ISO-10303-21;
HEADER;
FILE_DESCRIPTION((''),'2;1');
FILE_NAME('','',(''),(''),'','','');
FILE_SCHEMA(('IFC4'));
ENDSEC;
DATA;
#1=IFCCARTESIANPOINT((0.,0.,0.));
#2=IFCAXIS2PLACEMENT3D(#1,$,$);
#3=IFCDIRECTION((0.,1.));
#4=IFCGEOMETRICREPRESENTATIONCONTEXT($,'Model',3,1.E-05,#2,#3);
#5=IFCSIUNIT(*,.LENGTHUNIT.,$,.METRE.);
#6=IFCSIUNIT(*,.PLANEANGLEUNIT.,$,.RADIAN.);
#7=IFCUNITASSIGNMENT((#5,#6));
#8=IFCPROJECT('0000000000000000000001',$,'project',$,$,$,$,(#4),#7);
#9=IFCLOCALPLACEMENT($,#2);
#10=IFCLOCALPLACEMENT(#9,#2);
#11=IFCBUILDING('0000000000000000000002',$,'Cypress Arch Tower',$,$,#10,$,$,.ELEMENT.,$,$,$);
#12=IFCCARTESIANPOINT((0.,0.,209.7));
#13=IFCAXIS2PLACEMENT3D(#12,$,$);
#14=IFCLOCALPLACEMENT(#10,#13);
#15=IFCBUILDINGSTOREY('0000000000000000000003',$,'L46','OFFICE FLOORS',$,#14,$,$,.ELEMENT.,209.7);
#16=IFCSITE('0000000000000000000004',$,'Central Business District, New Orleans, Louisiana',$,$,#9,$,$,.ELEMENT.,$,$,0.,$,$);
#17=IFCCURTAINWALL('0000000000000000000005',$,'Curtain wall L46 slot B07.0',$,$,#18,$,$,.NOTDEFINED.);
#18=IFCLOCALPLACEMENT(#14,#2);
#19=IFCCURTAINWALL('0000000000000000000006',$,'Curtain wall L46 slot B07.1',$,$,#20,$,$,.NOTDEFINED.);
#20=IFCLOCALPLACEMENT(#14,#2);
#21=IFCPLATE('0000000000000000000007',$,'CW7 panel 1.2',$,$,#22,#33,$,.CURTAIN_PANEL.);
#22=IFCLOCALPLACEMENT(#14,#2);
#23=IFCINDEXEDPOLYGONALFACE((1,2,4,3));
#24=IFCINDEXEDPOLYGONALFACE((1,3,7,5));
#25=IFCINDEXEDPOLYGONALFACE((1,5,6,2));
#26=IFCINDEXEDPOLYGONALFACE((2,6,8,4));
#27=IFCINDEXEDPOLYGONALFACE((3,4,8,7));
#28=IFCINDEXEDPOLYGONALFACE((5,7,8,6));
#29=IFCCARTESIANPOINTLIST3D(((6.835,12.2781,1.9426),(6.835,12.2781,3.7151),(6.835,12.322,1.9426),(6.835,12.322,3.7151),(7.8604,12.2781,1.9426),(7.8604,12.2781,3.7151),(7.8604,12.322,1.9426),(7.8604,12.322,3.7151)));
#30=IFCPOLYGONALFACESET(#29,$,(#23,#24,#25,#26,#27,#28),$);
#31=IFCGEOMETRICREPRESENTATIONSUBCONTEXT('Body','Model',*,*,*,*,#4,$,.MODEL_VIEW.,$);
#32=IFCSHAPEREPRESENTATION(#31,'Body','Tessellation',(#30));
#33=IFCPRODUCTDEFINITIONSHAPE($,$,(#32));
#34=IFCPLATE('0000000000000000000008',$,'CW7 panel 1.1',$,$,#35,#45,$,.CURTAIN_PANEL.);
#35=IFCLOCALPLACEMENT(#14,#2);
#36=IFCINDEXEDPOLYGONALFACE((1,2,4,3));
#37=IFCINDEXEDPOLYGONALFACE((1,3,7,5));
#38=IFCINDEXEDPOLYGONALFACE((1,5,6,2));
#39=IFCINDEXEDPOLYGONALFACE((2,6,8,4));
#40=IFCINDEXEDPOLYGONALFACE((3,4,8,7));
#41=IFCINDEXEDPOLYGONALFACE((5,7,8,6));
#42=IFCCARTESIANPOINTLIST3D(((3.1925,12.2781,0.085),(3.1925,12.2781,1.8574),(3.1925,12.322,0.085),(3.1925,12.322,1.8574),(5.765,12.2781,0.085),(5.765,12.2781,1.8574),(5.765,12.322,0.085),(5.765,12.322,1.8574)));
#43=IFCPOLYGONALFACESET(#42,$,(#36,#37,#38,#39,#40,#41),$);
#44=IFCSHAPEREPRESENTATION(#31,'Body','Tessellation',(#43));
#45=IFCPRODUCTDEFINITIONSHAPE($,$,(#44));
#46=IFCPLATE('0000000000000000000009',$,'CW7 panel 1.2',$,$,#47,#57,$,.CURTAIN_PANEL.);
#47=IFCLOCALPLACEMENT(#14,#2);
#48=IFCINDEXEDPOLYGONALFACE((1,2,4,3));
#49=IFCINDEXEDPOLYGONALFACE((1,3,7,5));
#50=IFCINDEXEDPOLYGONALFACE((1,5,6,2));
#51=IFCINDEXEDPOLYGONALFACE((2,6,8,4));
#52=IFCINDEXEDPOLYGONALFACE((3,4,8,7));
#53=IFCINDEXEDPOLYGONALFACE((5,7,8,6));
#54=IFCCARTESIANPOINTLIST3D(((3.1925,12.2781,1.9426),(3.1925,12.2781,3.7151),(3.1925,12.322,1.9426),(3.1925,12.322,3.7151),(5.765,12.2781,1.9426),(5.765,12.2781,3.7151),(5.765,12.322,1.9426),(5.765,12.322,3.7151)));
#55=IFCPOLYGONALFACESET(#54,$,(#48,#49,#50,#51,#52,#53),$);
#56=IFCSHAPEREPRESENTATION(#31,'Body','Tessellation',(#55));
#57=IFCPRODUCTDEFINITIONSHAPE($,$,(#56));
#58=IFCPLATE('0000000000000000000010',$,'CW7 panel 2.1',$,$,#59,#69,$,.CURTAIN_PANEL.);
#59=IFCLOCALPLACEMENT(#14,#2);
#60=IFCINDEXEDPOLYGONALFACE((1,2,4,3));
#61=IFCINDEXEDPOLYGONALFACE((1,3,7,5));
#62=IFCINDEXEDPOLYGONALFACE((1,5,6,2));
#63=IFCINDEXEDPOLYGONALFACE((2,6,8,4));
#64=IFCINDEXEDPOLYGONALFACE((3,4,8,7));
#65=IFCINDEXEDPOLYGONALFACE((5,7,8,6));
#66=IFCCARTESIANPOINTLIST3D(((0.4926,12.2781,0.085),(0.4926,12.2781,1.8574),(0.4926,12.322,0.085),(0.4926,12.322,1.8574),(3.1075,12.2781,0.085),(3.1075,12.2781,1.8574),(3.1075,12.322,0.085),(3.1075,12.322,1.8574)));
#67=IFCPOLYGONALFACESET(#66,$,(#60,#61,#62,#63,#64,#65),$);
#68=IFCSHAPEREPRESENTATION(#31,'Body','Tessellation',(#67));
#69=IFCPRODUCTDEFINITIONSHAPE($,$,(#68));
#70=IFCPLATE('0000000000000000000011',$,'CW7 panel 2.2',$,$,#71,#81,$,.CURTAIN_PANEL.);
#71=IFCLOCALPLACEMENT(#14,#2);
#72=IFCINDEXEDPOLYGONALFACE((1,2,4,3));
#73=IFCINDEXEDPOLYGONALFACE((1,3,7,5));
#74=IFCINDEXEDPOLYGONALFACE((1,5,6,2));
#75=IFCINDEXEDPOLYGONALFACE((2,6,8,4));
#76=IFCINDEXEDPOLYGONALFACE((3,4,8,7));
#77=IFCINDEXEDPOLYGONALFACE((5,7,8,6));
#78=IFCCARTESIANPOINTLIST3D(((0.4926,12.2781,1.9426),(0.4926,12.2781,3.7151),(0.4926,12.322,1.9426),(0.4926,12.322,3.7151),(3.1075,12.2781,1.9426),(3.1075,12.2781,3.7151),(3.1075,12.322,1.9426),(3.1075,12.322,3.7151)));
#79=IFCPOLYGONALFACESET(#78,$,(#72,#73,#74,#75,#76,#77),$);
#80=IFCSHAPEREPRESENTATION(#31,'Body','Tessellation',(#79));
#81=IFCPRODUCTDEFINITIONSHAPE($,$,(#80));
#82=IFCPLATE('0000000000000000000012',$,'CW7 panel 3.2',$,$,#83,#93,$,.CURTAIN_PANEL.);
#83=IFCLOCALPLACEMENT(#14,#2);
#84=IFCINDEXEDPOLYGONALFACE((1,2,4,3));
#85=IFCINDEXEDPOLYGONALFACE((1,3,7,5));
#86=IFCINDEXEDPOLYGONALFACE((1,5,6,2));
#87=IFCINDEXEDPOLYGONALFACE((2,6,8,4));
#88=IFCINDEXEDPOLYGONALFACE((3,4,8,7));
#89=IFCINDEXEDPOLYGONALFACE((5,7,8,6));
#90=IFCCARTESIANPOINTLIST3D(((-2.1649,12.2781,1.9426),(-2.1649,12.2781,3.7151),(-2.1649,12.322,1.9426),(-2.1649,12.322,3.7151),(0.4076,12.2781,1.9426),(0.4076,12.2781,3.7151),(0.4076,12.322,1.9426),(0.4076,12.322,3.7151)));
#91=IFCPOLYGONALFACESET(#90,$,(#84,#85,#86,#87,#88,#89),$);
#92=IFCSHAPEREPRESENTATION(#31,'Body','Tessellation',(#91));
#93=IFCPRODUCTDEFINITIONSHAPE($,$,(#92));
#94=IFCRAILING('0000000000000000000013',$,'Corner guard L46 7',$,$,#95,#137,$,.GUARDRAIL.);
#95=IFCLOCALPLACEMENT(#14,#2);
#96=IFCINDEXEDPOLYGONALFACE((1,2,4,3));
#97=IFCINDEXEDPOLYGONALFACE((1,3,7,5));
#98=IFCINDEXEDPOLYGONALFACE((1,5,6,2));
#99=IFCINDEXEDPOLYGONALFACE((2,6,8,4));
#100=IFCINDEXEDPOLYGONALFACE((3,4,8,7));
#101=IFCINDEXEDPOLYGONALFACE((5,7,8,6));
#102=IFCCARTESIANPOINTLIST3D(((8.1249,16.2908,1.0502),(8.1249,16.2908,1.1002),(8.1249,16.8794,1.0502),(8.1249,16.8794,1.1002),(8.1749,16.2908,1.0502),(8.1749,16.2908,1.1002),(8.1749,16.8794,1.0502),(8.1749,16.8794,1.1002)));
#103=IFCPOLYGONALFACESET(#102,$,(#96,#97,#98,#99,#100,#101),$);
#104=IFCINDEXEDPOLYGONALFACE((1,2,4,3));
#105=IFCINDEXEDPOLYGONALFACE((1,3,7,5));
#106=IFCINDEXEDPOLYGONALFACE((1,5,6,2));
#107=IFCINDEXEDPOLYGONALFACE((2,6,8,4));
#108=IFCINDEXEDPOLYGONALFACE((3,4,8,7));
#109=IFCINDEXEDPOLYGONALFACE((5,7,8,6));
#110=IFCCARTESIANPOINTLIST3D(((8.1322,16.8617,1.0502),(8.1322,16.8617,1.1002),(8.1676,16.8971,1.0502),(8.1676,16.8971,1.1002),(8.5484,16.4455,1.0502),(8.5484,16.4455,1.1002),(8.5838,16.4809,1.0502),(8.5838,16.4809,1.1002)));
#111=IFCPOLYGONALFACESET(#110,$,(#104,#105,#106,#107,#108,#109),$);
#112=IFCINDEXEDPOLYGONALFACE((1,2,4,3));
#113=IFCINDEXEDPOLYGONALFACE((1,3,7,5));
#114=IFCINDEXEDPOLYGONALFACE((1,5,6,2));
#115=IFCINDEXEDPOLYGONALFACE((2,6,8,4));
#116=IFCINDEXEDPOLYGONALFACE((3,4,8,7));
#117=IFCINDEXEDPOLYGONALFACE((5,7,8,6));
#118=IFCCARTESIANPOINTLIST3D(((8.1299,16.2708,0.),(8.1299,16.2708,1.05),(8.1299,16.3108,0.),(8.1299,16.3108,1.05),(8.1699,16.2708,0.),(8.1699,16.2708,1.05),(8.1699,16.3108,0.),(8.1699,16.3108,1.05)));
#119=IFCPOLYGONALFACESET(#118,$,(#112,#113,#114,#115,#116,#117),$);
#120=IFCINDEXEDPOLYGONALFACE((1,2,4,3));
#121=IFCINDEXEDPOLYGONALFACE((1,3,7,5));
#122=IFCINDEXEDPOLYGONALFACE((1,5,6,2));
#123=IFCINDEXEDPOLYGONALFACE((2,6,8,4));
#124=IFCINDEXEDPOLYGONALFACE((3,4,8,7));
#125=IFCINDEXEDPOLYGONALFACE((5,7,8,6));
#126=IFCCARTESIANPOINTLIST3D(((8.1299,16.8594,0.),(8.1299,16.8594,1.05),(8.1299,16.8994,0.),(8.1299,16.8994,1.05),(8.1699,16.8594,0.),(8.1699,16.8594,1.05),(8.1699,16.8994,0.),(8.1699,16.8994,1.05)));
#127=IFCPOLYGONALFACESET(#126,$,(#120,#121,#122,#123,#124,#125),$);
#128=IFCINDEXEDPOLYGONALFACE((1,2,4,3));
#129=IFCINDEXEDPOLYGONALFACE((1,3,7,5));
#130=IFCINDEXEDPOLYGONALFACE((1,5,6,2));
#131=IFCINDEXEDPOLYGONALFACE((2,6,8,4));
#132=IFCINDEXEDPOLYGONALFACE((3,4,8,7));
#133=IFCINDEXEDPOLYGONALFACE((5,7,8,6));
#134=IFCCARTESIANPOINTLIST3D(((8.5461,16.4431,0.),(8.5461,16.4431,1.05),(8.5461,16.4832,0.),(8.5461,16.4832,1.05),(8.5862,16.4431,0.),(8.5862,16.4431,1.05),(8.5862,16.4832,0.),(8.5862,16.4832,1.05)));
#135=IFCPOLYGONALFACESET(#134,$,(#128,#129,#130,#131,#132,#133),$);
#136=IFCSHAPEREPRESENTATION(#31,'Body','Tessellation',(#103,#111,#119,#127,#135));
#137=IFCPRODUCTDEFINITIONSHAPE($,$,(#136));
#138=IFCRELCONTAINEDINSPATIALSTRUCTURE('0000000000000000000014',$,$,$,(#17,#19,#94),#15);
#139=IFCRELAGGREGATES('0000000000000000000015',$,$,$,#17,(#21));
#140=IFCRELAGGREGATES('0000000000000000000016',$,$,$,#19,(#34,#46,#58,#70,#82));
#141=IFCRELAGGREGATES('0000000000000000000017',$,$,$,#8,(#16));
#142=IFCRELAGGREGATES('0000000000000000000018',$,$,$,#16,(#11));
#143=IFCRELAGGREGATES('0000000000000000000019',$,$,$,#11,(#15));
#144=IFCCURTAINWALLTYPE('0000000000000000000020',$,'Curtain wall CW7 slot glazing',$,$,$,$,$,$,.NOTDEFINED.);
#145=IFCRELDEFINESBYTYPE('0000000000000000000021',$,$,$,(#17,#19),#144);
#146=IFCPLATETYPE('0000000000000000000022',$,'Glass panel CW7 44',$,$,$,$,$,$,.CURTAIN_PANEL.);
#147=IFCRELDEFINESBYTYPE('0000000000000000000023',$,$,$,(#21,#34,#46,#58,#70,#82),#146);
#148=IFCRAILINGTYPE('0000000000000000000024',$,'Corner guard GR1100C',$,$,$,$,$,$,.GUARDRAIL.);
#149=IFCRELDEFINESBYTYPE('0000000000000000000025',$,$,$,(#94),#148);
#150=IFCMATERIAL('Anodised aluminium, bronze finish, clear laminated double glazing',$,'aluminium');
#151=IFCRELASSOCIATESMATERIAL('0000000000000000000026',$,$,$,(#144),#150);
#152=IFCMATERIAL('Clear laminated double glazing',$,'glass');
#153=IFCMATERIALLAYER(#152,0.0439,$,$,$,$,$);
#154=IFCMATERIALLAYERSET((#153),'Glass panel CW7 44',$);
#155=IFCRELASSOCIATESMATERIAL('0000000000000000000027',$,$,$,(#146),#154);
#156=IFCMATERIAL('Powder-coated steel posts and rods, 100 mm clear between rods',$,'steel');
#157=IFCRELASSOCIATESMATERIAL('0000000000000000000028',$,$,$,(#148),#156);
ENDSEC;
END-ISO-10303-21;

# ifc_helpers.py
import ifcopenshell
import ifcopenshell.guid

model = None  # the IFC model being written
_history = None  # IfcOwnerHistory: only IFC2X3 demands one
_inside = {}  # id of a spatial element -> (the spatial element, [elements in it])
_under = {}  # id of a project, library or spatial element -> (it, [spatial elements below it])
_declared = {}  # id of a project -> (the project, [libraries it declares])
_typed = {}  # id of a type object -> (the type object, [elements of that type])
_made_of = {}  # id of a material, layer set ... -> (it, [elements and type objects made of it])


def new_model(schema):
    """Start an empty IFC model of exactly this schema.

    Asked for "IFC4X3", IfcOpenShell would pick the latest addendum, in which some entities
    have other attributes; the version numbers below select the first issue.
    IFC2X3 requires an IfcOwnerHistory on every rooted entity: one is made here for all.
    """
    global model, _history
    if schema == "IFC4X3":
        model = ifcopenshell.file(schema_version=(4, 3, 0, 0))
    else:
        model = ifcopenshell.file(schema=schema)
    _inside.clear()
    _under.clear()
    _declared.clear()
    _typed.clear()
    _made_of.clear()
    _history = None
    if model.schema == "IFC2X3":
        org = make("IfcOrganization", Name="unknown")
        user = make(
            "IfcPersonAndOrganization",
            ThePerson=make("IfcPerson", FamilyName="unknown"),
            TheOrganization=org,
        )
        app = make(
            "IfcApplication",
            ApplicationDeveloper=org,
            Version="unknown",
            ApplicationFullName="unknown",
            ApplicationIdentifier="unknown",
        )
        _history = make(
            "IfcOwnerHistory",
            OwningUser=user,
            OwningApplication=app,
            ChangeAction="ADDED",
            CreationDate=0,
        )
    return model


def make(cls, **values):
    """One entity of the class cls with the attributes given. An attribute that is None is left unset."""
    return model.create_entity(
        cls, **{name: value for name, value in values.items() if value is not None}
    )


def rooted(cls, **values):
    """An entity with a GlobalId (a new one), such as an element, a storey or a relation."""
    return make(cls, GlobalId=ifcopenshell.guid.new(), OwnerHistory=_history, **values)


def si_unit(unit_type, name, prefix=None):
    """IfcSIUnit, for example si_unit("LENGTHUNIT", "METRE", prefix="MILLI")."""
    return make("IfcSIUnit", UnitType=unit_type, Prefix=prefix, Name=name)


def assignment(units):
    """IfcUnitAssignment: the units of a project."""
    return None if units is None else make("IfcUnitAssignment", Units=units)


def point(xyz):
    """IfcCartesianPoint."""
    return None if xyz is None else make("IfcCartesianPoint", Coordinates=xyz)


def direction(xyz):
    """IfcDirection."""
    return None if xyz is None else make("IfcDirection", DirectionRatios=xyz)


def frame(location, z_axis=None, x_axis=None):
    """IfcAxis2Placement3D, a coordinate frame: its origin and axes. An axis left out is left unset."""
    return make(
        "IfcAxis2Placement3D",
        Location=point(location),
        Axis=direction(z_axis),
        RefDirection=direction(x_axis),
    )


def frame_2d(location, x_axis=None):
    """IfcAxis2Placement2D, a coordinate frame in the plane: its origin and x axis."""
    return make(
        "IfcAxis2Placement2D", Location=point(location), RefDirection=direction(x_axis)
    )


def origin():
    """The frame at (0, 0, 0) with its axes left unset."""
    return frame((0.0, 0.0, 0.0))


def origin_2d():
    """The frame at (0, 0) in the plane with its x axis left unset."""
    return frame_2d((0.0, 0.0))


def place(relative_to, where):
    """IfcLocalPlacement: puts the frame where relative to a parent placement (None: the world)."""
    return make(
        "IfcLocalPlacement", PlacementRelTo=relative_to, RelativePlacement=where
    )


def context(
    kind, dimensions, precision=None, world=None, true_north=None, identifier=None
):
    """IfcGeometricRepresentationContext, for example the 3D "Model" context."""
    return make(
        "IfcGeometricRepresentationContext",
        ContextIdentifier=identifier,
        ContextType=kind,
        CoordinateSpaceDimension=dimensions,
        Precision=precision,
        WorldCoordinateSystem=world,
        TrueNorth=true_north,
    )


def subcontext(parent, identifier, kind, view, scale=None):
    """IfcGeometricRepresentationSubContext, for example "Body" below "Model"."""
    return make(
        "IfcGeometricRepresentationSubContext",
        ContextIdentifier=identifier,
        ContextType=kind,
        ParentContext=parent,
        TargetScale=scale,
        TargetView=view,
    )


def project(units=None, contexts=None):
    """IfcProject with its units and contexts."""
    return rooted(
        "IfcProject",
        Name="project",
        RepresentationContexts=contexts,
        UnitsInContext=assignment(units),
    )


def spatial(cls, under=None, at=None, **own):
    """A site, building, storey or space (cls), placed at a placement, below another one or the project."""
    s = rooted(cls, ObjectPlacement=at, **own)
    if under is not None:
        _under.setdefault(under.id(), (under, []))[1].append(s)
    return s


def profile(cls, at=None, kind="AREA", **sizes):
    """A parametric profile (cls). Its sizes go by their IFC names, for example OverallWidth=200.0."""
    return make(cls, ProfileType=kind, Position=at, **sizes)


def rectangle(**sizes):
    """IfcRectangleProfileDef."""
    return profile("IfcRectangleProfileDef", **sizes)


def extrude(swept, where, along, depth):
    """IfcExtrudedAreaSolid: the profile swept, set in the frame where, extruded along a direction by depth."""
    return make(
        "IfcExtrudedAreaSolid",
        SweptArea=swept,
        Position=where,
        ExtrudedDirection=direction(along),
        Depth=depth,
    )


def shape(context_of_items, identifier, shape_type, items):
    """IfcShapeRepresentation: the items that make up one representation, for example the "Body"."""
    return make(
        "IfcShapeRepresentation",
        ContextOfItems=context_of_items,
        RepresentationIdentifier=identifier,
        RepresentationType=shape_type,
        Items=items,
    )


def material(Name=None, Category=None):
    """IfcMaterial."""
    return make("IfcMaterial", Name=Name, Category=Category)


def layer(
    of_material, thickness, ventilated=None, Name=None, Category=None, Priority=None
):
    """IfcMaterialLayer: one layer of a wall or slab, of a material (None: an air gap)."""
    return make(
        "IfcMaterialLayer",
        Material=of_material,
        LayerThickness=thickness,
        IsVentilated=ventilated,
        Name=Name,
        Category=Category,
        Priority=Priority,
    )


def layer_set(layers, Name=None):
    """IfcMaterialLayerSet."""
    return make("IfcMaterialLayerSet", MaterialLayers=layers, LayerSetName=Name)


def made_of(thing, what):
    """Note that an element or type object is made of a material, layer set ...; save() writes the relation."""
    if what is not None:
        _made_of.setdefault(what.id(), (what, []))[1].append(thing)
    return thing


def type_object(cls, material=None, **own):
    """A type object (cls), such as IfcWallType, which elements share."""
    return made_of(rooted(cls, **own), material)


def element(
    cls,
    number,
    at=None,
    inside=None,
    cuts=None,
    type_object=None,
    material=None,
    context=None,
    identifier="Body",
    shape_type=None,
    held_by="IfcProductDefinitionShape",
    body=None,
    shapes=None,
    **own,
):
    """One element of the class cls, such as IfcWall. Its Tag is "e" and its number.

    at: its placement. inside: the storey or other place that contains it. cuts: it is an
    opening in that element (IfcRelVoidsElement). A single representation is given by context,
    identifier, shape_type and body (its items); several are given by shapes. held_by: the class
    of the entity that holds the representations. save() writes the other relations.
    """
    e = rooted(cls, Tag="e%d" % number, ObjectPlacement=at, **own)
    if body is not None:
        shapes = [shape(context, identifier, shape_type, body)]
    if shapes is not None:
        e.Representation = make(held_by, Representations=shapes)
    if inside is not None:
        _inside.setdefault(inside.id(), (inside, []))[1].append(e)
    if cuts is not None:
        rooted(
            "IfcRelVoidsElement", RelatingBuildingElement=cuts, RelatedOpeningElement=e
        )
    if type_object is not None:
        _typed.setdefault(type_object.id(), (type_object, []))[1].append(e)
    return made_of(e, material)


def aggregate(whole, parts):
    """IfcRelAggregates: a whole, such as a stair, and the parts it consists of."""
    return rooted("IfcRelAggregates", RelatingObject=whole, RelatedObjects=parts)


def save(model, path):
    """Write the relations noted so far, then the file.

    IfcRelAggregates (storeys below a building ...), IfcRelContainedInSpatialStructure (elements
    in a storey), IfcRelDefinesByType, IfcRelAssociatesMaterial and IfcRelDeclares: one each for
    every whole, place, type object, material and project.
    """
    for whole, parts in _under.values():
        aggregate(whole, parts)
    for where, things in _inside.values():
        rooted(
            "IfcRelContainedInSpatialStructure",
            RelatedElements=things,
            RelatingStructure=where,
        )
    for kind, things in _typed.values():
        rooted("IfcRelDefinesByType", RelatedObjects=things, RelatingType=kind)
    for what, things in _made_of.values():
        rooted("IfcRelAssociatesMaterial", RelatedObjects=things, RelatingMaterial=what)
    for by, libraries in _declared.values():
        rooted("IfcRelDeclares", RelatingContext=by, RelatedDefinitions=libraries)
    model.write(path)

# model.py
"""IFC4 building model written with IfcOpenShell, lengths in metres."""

from ifc_helpers import new_model, si_unit, direction, frame, origin, origin_2d, place, context, subcontext, project, spatial, rectangle, extrude, material, layer, layer_set, type_object, element, aggregate, save


model = new_model("IFC4")

# Units and contexts
model_context = context("Model", 3, precision=1e-05, world=origin(), true_north=direction((0.0, 1.0)))
body_context = subcontext(model_context, "Body", "Model", "MODEL_VIEW")
ifc_project = project(units=[si_unit("LENGTHUNIT", "METRE"), si_unit("PLANEANGLEUNIT", "RADIAN")], contexts=[model_context])

# Site, building, storey
site_placement = place(None, origin())
site = spatial("IfcSite", under=ifc_project, at=site_placement, Name="Central Business District, New Orleans, Louisiana", CompositionType="ELEMENT", RefElevation=0.0)
building_placement = place(site_placement, origin())
building = spatial("IfcBuilding", under=site, at=building_placement, Name="Cypress Arch Tower", CompositionType="ELEMENT")
storey_placement = place(building_placement, frame((0.0, 0.0, 209.7)))
storey = spatial("IfcBuildingStorey", under=building, at=storey_placement, Name="L46", Description="OFFICE FLOORS", CompositionType="ELEMENT", Elevation=209.7)

# Curtain walls
ifc_material_1 = material(Name="Anodised aluminium, bronze finish, clear laminated double glazing", Category="aluminium")
curtain_wall_type = type_object("IfcCurtainWallType", Name="Curtain wall CW7 slot glazing", PredefinedType="NOTDEFINED", material=ifc_material_1)
curtain_wall_1_placement = place(storey_placement, origin())
curtain_wall_1 = element("IfcCurtainWall", 1, at=curtain_wall_1_placement, inside=storey, type_object=curtain_wall_type, Name="Curtain wall L46 slot B07.0", PredefinedType="NOTDEFINED")
curtain_wall_2_placement = place(storey_placement, origin())
curtain_wall_2 = element("IfcCurtainWall", 2, at=curtain_wall_2_placement, inside=storey, type_object=curtain_wall_type, Name="Curtain wall L46 slot B07.1", PredefinedType="NOTDEFINED")

# Plates
ifc_material_2 = material(Name="Clear laminated double glazing", Category="glass")
ifc_layer = layer(ifc_material_2, 0.0439)
ifc_layer_set = layer_set([ifc_layer], Name="Glass panel CW7 44")
plate_type = type_object("IfcPlateType", Name="Glass panel CW7 44", PredefinedType="CURTAIN_PANEL", material=ifc_layer_set)
plate_1_placement = place(storey_placement, frame((7.3477, 12.3, 1.9426), z_axis=(0.0, 0.0, 1.0), x_axis=(-1.0, 0.0, 0.0)))
plate_1 = element("IfcPlate", 3, at=plate_1_placement, type_object=plate_type, Name="CW7 panel 1.2", PredefinedType="CURTAIN_PANEL", context=body_context, shape_type="SweptSolid", body=[
    extrude(rectangle(XDim=1.0254, YDim=0.0439, at=origin_2d()), origin(), (0.0, 0.0, 1.0), 1.7725),
])
aggregate(curtain_wall_1, [plate_1])
plate_2_placement = place(storey_placement, frame((4.4788, 12.3, 0.085), z_axis=(0.0, 0.0, 1.0), x_axis=(-1.0, 0.0, 0.0)))
plate_2 = element("IfcPlate", 4, at=plate_2_placement, type_object=plate_type, Name="CW7 panel 1.1", PredefinedType="CURTAIN_PANEL", context=body_context, shape_type="SweptSolid", body=[
    extrude(rectangle(XDim=2.5725, YDim=0.0439, at=origin_2d()), origin(), (0.0, 0.0, 1.0), 1.7725),
])
plate_3_placement = place(storey_placement, frame((4.4788, 12.3, 1.9426), z_axis=(0.0, 0.0, 1.0), x_axis=(-1.0, 0.0, 0.0)))
plate_3 = element("IfcPlate", 5, at=plate_3_placement, type_object=plate_type, Name="CW7 panel 1.2", PredefinedType="CURTAIN_PANEL", context=body_context, shape_type="SweptSolid", body=[
    extrude(rectangle(XDim=2.5725, YDim=0.0439, at=origin_2d()), origin(), (0.0, 0.0, 1.0), 1.7725),
])
plate_4_placement = place(storey_placement, frame((1.8, 12.3, 0.085), z_axis=(0.0, 0.0, 1.0), x_axis=(-1.0, 0.0, 0.0)))
plate_4 = element("IfcPlate", 6, at=plate_4_placement, type_object=plate_type, Name="CW7 panel 2.1", PredefinedType="CURTAIN_PANEL", context=body_context, shape_type="SweptSolid", body=[
    extrude(rectangle(XDim=2.615, YDim=0.0439, at=origin_2d()), origin(), (0.0, 0.0, 1.0), 1.7725),
])
plate_5_placement = place(storey_placement, frame((1.8, 12.3, 1.9426), z_axis=(0.0, 0.0, 1.0), x_axis=(-1.0, 0.0, 0.0)))
plate_5 = element("IfcPlate", 7, at=plate_5_placement, type_object=plate_type, Name="CW7 panel 2.2", PredefinedType="CURTAIN_PANEL", context=body_context, shape_type="SweptSolid", body=[
    extrude(rectangle(XDim=2.615, YDim=0.0439, at=origin_2d()), origin(), (0.0, 0.0, 1.0), 1.7725),
])
plate_6_placement = place(storey_placement, frame((-0.8787, 12.3, 1.9426), z_axis=(0.0, 0.0, 1.0), x_axis=(-1.0, 0.0, 0.0)))
plate_6 = element("IfcPlate", 8, at=plate_6_placement, type_object=plate_type, Name="CW7 panel 3.2", PredefinedType="CURTAIN_PANEL", context=body_context, shape_type="SweptSolid", body=[
    extrude(rectangle(XDim=2.5725, YDim=0.0439, at=origin_2d()), origin(), (0.0, 0.0, 1.0), 1.7725),
])
aggregate(curtain_wall_2, [plate_2, plate_3, plate_4, plate_5, plate_6])

# Railing
ifc_material_3 = material(Name="Powder-coated steel posts and rods, 100 mm clear between rods", Category="steel")
railing_type = type_object("IfcRailingType", Name="Corner guard GR1100C", PredefinedType="GUARDRAIL", material=ifc_material_3)
railing_placement = place(storey_placement, frame((8.1499, 16.2908, 0.0)))
element("IfcRailing", 9, at=railing_placement, inside=storey, type_object=railing_type, Name="Corner guard L46 7", PredefinedType="GUARDRAIL", context=body_context, shape_type="SweptSolid", body=[
    extrude(rectangle(XDim=0.05, YDim=0.05, at=origin_2d()), frame((0.0, 0.0, 1.0752), z_axis=(0.0, 1.0, 0.0), x_axis=(-1.0, 0.0, 0.0)), (0.0, 0.0, 1.0), 0.5886),
    extrude(rectangle(XDim=0.05, YDim=0.05, at=origin_2d()), frame((0.0, 0.5886, 1.0752), z_axis=(0.707107, -0.707107, 0.0), x_axis=(0.707107, 0.707107, 0.0)), (0.0, 0.0, 1.0), 0.5886),
    extrude(rectangle(XDim=0.04, YDim=0.04, at=origin_2d()), origin(), (0.0, 0.0, 1.0), 1.05),
    extrude(rectangle(XDim=0.04, YDim=0.04, at=origin_2d()), frame((0.0, 0.5886, 0.0)), (0.0, 0.0, 1.0), 1.05),
    extrude(rectangle(XDim=0.04, YDim=0.04, at=origin_2d()), frame((0.4163, 0.1724, 0.0)), (0.0, 0.0, 1.0), 1.05),
])

save(model, "model.ifc")
